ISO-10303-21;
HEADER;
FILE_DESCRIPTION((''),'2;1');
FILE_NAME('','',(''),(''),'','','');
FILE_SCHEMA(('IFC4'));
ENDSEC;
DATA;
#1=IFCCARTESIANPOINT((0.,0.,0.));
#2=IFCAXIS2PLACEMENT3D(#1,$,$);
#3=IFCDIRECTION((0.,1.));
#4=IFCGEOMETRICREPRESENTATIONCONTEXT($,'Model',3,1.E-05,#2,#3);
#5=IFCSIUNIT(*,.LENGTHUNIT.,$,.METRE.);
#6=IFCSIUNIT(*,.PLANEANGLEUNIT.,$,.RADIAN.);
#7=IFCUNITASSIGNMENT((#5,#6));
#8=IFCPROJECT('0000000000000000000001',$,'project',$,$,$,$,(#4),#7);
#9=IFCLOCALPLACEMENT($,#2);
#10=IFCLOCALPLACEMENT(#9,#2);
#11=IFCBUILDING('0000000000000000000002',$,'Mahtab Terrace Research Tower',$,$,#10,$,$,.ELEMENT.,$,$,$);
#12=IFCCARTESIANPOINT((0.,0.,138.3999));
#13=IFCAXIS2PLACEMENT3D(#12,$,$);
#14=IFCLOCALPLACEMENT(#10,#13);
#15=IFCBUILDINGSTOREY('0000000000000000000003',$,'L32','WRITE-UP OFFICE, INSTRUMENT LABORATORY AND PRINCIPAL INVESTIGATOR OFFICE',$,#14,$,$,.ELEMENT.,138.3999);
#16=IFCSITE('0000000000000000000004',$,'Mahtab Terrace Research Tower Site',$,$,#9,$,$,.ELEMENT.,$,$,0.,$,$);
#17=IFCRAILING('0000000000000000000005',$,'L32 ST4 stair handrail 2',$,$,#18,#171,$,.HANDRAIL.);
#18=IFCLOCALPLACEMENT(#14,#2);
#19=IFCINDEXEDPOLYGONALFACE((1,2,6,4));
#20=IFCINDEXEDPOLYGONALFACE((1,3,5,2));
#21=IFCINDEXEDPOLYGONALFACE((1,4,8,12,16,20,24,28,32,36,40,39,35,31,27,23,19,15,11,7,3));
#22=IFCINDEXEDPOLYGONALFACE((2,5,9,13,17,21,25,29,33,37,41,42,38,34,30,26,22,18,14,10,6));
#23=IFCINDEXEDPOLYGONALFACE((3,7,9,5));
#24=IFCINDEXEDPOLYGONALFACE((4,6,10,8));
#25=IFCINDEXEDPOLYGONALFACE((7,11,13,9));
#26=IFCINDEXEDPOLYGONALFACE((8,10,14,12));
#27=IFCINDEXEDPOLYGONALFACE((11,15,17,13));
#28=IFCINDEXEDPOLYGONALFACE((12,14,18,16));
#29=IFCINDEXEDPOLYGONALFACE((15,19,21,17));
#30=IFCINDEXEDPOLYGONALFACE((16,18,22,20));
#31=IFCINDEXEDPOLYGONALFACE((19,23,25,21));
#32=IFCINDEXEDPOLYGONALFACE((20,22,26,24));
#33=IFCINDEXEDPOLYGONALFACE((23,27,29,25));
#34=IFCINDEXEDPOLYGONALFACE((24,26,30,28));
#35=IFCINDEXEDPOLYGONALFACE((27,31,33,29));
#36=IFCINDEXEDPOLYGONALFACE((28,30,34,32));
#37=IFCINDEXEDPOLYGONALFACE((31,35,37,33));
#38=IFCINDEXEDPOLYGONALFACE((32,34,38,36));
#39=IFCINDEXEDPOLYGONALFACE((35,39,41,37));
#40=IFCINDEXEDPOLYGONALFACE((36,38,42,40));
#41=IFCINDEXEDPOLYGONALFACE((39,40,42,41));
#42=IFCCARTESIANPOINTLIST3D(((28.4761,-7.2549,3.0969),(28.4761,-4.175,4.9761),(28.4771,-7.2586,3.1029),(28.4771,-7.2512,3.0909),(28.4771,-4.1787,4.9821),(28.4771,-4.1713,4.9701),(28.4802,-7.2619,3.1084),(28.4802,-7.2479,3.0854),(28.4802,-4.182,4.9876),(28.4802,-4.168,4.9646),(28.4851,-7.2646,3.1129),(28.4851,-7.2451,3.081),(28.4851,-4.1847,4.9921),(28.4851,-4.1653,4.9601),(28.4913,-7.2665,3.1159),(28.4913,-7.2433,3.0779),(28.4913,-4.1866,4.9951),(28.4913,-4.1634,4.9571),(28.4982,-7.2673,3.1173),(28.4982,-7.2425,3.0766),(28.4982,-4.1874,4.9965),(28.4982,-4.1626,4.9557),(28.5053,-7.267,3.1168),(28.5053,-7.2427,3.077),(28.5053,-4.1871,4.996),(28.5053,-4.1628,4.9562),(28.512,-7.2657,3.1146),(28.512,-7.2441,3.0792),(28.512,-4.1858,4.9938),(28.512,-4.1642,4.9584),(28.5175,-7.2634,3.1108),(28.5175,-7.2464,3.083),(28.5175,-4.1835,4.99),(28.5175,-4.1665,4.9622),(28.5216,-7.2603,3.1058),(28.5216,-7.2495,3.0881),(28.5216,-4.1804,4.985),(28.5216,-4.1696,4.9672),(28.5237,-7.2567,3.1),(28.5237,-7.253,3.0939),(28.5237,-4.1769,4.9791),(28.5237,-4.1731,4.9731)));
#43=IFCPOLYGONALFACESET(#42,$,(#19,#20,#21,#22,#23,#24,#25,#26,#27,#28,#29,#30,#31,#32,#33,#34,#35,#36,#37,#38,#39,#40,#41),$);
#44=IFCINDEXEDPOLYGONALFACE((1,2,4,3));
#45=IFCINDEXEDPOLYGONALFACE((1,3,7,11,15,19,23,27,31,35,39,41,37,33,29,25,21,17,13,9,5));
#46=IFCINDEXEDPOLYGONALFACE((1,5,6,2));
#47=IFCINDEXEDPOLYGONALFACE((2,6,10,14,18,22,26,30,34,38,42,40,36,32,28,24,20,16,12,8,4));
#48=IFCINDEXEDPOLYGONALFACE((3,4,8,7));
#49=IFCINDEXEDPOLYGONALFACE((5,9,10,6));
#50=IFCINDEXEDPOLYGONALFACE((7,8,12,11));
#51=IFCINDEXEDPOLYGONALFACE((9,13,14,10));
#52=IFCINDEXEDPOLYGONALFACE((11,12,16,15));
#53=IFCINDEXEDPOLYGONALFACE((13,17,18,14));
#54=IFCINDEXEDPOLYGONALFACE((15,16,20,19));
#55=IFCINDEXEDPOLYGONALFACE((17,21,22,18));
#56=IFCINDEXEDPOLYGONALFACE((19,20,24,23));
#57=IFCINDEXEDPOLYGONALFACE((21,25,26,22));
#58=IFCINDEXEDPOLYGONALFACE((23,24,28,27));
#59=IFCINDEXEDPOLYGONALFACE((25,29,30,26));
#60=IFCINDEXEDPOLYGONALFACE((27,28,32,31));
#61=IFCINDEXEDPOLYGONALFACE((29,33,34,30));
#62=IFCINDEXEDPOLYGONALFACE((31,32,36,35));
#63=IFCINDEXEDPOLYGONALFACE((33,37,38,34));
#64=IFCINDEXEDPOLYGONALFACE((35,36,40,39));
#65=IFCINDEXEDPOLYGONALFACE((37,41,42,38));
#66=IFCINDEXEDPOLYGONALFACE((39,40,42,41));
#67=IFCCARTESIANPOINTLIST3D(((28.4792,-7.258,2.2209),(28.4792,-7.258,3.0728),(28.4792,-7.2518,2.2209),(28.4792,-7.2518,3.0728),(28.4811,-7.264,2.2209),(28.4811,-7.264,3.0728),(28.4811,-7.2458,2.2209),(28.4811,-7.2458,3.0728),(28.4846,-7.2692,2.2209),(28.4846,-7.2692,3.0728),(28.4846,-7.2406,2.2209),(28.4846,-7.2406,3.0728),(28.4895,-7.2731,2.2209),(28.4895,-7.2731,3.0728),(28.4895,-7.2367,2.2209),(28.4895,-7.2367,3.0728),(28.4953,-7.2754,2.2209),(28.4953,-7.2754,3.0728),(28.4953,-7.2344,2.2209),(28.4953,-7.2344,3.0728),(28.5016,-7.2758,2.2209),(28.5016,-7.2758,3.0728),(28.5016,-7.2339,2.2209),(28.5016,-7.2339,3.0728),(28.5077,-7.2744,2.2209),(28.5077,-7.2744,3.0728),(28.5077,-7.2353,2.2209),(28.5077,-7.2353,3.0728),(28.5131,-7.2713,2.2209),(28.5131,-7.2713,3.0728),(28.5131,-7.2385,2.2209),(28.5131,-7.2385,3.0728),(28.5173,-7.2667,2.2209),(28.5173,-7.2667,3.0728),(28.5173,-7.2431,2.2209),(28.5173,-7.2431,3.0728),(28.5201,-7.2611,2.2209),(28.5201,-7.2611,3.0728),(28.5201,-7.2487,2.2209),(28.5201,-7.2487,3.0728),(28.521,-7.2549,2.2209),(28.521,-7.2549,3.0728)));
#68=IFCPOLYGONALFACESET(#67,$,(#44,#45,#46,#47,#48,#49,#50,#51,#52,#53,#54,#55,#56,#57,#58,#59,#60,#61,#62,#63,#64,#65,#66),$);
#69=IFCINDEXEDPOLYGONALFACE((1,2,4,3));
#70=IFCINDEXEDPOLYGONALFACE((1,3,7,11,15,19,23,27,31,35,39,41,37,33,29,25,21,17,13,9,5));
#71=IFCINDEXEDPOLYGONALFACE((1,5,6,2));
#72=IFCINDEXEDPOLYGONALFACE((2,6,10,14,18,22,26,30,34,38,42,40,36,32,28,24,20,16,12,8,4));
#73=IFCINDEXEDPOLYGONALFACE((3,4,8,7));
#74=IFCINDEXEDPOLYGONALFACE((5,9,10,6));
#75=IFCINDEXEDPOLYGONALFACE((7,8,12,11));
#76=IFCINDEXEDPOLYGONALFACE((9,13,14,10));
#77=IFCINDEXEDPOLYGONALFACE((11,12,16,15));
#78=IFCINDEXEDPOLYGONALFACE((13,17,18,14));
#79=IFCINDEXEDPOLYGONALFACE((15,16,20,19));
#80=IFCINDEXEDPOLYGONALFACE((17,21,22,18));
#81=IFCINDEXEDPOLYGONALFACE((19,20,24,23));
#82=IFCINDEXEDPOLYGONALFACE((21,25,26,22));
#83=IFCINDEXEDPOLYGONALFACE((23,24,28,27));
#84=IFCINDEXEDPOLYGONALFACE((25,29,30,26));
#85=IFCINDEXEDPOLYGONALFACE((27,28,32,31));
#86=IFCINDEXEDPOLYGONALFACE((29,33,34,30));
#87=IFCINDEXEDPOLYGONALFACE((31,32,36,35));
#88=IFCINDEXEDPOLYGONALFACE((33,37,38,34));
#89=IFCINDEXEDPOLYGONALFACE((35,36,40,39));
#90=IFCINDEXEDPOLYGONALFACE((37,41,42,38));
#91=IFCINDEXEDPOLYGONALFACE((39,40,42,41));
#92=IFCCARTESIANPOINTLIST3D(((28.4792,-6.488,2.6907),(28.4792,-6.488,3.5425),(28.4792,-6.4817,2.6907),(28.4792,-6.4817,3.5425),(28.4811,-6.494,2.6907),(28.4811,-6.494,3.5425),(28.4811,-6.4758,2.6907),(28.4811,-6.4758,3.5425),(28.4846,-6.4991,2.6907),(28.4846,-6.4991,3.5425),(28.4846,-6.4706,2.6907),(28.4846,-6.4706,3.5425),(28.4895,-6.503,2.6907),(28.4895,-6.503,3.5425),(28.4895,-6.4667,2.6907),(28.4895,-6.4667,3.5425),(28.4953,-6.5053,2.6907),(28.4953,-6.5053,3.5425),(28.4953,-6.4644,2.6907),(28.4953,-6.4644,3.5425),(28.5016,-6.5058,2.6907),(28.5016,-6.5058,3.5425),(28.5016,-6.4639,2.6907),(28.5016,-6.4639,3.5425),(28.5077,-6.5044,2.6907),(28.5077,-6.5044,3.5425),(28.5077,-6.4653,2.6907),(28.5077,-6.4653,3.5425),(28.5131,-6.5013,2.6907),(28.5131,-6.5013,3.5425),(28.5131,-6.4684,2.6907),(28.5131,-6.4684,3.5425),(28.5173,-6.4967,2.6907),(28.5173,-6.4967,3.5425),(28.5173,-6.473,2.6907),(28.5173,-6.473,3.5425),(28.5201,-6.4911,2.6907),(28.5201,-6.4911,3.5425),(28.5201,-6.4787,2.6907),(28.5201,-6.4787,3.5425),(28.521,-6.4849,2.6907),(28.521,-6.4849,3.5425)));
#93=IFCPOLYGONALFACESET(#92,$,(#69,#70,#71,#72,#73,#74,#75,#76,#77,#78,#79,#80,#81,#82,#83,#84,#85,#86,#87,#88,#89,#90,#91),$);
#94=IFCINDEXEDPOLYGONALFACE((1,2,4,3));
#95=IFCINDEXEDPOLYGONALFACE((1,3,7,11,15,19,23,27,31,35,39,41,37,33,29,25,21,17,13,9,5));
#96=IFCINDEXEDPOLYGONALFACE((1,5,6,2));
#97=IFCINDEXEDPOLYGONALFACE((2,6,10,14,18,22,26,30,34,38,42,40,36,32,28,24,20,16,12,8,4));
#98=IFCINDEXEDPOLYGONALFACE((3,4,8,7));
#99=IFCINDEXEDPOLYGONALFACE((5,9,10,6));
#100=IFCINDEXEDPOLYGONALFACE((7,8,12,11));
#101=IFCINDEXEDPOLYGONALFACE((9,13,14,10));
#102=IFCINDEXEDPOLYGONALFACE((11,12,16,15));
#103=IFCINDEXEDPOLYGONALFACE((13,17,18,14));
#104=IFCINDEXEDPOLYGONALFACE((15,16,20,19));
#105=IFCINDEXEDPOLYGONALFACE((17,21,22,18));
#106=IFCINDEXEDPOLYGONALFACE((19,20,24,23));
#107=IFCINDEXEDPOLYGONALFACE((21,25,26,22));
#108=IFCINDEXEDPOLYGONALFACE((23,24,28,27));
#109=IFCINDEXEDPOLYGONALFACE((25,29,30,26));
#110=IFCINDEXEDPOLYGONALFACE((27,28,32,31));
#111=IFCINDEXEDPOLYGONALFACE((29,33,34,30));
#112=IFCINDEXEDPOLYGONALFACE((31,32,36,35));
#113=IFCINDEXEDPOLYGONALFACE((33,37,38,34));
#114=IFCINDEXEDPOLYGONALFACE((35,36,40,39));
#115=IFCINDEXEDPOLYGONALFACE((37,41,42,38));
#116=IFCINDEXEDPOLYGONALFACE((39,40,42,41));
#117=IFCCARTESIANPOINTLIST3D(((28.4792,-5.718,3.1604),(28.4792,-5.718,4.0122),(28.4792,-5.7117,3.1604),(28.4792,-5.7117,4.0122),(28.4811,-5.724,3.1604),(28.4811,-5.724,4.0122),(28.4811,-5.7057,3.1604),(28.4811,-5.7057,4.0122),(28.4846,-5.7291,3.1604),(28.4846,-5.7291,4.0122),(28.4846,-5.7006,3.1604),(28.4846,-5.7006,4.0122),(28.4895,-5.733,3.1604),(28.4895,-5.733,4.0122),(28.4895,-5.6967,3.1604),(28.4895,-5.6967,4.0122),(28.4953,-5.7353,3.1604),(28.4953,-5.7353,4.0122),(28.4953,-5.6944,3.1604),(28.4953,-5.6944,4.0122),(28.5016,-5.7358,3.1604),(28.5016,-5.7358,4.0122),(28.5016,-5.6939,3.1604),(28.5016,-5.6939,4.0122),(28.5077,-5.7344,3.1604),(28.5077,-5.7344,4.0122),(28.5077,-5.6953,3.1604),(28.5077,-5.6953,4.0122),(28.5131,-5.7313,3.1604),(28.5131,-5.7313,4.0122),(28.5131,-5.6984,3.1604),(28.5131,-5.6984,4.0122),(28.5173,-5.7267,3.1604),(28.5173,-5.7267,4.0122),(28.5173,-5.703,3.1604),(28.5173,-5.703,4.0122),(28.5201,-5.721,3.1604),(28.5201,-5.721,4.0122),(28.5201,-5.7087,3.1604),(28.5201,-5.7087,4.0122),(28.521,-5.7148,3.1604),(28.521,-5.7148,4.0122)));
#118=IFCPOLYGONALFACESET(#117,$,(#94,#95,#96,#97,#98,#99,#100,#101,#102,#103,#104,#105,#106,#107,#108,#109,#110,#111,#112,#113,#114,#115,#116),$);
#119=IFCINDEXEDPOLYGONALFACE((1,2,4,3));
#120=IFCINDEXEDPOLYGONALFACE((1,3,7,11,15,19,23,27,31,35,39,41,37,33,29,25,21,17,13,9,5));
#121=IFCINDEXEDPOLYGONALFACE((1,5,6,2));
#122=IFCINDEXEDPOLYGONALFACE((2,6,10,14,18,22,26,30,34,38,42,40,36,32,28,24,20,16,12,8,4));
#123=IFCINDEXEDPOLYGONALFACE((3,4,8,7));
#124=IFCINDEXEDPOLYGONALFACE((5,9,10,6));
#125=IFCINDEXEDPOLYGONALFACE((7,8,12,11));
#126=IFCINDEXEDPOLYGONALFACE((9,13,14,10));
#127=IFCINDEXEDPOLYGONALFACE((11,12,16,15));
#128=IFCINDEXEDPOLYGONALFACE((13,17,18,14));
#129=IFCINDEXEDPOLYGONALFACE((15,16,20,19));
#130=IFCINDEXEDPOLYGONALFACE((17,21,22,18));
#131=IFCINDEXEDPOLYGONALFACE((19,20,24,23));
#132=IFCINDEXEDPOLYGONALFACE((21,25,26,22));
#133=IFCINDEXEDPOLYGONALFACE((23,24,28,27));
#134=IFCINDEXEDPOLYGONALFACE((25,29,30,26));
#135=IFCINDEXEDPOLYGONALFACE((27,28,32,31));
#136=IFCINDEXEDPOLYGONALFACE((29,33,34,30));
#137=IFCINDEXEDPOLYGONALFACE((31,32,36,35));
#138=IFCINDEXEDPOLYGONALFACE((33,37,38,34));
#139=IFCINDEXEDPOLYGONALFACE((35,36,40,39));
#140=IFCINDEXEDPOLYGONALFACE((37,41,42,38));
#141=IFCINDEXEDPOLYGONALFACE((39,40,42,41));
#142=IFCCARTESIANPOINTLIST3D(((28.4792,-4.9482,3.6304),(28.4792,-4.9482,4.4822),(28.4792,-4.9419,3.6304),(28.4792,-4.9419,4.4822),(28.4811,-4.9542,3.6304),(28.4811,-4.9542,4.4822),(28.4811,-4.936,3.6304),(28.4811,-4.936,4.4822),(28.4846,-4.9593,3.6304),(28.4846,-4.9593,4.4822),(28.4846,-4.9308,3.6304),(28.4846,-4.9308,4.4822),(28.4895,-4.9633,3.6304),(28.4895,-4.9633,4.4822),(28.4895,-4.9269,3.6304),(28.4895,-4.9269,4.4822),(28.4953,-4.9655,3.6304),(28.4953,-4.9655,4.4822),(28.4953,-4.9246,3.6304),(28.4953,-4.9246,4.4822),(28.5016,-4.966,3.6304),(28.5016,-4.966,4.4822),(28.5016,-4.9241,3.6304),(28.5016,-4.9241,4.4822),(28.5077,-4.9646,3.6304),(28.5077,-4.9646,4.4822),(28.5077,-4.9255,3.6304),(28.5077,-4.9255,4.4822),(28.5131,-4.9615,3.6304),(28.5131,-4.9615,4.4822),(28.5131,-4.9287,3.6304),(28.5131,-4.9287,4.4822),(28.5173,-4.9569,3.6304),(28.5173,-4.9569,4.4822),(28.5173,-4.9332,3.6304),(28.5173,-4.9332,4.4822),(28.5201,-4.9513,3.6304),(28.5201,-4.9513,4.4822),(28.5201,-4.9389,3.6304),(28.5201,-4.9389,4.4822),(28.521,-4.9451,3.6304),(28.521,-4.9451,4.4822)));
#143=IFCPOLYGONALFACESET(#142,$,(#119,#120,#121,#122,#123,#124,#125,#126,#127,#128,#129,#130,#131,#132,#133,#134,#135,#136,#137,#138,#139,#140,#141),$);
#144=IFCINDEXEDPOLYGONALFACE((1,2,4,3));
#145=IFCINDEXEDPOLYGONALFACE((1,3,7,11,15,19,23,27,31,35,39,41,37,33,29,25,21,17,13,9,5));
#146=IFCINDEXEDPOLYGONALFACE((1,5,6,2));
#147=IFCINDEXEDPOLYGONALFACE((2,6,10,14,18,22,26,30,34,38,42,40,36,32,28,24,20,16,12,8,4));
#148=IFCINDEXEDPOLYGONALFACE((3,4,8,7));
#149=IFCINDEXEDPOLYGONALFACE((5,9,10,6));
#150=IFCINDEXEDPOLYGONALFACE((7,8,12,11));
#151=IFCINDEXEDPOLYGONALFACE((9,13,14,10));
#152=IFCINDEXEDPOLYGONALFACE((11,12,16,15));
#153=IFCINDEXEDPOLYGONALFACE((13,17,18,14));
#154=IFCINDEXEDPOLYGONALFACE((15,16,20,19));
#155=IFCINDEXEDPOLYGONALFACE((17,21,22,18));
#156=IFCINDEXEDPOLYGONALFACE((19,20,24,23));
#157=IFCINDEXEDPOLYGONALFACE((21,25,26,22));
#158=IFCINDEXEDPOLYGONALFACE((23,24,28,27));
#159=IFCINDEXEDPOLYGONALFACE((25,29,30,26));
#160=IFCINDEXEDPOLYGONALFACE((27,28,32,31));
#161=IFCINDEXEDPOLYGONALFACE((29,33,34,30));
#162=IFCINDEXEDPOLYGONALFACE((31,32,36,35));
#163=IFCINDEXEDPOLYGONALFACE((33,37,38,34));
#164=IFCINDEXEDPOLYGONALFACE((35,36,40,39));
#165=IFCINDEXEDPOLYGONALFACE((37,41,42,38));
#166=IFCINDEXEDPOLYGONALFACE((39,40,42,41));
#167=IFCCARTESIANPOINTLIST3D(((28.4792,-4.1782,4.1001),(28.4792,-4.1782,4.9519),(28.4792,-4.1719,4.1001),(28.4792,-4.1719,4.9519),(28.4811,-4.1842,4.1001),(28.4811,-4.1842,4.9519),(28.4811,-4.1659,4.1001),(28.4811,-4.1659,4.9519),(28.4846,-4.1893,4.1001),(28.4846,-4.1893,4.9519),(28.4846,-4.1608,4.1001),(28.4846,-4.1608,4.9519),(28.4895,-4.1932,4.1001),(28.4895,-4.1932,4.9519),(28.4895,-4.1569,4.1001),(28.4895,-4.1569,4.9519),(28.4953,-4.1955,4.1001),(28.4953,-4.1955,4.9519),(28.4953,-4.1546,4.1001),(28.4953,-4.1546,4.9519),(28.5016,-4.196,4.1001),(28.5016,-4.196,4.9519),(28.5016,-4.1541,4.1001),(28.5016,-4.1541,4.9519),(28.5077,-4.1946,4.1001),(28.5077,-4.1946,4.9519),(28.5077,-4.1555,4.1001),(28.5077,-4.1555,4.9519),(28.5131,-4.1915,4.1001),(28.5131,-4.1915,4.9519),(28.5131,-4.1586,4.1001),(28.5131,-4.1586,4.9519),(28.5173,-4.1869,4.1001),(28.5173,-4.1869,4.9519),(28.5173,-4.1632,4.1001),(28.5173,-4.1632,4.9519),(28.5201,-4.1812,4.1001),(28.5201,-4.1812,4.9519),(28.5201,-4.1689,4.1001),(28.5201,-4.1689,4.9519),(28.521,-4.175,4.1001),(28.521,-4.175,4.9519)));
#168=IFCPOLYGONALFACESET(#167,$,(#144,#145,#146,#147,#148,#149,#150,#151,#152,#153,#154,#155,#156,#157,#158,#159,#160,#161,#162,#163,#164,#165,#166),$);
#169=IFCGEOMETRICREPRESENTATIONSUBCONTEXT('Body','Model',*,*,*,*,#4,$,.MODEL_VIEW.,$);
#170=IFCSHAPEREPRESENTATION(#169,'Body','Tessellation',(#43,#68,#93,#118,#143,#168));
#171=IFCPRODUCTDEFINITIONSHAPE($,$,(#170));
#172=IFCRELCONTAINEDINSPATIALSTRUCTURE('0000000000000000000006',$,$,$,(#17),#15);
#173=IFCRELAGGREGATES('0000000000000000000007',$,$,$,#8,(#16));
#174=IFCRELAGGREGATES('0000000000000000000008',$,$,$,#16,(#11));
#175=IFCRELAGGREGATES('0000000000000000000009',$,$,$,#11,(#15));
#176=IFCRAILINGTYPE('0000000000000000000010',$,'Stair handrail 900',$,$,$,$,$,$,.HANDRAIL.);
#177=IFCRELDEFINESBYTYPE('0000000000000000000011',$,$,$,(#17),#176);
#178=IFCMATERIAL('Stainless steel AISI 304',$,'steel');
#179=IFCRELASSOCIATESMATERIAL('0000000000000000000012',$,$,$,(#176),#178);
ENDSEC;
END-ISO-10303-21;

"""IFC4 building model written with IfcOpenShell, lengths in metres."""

from ifc_helpers import new_model, si_unit, direction, frame, origin, origin_2d, place, context, subcontext, project, spatial, circle, extrude, material, type_object, element, save


model = new_model("IFC4")

# Units and contexts
model_context = context("Model", 3, precision=1e-05, world=origin(), true_north=direction((0.0, 1.0)))
body_context = subcontext(model_context, "Body", "Model", "MODEL_VIEW")
ifc_project = project(units=[si_unit("LENGTHUNIT", "METRE"), si_unit("PLANEANGLEUNIT", "RADIAN")], contexts=[model_context])

# Site, building, storey
site_placement = place(None, origin())
site = spatial("IfcSite", under=ifc_project, at=site_placement, Name="Mahtab Terrace Research Tower Site", CompositionType="ELEMENT", RefElevation=0.0)
building_placement = place(site_placement, origin())
building = spatial("IfcBuilding", under=site, at=building_placement, Name="Mahtab Terrace Research Tower", CompositionType="ELEMENT")
storey_placement = place(building_placement, frame((0.0, 0.0, 138.3999)))
storey = spatial("IfcBuildingStorey", under=building, at=storey_placement, Name="L32", Description="WRITE-UP OFFICE, INSTRUMENT LABORATORY AND PRINCIPAL INVESTIGATOR OFFICE", CompositionType="ELEMENT", Elevation=138.3999)

# Railing
ifc_material_1 = material(Name="Stainless steel AISI 304", Category="steel")
railing_type_1 = type_object("IfcRailingType", Name="Stair handrail 900", PredefinedType="HANDRAIL", material=ifc_material_1)
railing_1_placement = place(storey_placement, frame((28.5, -7.2549, 2.2209)))
element("IfcRailing", 1, at=railing_1_placement, inside=storey, type_object=railing_type_1, Name="L32 ST4 stair handrail 2", PredefinedType="HANDRAIL", context=body_context, shape_type="SweptSolid", body=[
    extrude(circle(Radius=0.0239, at=origin_2d()), frame((0.0, 0.0, 0.876), z_axis=(0.0, 0.853648, 0.52085), x_axis=(-1.0, 0.0, 0.0)), (0.0, 0.0, 1.0), 3.6079),
    extrude(circle(Radius=0.021, at=origin_2d()), origin(), (0.0, 0.0, 1.0), 0.8518),
    extrude(circle(Radius=0.021, at=origin_2d()), frame((0.0, 0.77, 0.4697)), (0.0, 0.0, 1.0), 0.8518),
    extrude(circle(Radius=0.021, at=origin_2d()), frame((0.0, 1.54, 0.9395)), (0.0, 0.0, 1.0), 0.8518),
    extrude(circle(Radius=0.021, at=origin_2d()), frame((0.0, 2.3098, 1.4094)), (0.0, 0.0, 1.0), 0.8518),
    extrude(circle(Radius=0.021, at=origin_2d()), frame((0.0, 3.0798, 1.8792)), (0.0, 0.0, 1.0), 0.8518),
])

save(model, "model.ifc")
